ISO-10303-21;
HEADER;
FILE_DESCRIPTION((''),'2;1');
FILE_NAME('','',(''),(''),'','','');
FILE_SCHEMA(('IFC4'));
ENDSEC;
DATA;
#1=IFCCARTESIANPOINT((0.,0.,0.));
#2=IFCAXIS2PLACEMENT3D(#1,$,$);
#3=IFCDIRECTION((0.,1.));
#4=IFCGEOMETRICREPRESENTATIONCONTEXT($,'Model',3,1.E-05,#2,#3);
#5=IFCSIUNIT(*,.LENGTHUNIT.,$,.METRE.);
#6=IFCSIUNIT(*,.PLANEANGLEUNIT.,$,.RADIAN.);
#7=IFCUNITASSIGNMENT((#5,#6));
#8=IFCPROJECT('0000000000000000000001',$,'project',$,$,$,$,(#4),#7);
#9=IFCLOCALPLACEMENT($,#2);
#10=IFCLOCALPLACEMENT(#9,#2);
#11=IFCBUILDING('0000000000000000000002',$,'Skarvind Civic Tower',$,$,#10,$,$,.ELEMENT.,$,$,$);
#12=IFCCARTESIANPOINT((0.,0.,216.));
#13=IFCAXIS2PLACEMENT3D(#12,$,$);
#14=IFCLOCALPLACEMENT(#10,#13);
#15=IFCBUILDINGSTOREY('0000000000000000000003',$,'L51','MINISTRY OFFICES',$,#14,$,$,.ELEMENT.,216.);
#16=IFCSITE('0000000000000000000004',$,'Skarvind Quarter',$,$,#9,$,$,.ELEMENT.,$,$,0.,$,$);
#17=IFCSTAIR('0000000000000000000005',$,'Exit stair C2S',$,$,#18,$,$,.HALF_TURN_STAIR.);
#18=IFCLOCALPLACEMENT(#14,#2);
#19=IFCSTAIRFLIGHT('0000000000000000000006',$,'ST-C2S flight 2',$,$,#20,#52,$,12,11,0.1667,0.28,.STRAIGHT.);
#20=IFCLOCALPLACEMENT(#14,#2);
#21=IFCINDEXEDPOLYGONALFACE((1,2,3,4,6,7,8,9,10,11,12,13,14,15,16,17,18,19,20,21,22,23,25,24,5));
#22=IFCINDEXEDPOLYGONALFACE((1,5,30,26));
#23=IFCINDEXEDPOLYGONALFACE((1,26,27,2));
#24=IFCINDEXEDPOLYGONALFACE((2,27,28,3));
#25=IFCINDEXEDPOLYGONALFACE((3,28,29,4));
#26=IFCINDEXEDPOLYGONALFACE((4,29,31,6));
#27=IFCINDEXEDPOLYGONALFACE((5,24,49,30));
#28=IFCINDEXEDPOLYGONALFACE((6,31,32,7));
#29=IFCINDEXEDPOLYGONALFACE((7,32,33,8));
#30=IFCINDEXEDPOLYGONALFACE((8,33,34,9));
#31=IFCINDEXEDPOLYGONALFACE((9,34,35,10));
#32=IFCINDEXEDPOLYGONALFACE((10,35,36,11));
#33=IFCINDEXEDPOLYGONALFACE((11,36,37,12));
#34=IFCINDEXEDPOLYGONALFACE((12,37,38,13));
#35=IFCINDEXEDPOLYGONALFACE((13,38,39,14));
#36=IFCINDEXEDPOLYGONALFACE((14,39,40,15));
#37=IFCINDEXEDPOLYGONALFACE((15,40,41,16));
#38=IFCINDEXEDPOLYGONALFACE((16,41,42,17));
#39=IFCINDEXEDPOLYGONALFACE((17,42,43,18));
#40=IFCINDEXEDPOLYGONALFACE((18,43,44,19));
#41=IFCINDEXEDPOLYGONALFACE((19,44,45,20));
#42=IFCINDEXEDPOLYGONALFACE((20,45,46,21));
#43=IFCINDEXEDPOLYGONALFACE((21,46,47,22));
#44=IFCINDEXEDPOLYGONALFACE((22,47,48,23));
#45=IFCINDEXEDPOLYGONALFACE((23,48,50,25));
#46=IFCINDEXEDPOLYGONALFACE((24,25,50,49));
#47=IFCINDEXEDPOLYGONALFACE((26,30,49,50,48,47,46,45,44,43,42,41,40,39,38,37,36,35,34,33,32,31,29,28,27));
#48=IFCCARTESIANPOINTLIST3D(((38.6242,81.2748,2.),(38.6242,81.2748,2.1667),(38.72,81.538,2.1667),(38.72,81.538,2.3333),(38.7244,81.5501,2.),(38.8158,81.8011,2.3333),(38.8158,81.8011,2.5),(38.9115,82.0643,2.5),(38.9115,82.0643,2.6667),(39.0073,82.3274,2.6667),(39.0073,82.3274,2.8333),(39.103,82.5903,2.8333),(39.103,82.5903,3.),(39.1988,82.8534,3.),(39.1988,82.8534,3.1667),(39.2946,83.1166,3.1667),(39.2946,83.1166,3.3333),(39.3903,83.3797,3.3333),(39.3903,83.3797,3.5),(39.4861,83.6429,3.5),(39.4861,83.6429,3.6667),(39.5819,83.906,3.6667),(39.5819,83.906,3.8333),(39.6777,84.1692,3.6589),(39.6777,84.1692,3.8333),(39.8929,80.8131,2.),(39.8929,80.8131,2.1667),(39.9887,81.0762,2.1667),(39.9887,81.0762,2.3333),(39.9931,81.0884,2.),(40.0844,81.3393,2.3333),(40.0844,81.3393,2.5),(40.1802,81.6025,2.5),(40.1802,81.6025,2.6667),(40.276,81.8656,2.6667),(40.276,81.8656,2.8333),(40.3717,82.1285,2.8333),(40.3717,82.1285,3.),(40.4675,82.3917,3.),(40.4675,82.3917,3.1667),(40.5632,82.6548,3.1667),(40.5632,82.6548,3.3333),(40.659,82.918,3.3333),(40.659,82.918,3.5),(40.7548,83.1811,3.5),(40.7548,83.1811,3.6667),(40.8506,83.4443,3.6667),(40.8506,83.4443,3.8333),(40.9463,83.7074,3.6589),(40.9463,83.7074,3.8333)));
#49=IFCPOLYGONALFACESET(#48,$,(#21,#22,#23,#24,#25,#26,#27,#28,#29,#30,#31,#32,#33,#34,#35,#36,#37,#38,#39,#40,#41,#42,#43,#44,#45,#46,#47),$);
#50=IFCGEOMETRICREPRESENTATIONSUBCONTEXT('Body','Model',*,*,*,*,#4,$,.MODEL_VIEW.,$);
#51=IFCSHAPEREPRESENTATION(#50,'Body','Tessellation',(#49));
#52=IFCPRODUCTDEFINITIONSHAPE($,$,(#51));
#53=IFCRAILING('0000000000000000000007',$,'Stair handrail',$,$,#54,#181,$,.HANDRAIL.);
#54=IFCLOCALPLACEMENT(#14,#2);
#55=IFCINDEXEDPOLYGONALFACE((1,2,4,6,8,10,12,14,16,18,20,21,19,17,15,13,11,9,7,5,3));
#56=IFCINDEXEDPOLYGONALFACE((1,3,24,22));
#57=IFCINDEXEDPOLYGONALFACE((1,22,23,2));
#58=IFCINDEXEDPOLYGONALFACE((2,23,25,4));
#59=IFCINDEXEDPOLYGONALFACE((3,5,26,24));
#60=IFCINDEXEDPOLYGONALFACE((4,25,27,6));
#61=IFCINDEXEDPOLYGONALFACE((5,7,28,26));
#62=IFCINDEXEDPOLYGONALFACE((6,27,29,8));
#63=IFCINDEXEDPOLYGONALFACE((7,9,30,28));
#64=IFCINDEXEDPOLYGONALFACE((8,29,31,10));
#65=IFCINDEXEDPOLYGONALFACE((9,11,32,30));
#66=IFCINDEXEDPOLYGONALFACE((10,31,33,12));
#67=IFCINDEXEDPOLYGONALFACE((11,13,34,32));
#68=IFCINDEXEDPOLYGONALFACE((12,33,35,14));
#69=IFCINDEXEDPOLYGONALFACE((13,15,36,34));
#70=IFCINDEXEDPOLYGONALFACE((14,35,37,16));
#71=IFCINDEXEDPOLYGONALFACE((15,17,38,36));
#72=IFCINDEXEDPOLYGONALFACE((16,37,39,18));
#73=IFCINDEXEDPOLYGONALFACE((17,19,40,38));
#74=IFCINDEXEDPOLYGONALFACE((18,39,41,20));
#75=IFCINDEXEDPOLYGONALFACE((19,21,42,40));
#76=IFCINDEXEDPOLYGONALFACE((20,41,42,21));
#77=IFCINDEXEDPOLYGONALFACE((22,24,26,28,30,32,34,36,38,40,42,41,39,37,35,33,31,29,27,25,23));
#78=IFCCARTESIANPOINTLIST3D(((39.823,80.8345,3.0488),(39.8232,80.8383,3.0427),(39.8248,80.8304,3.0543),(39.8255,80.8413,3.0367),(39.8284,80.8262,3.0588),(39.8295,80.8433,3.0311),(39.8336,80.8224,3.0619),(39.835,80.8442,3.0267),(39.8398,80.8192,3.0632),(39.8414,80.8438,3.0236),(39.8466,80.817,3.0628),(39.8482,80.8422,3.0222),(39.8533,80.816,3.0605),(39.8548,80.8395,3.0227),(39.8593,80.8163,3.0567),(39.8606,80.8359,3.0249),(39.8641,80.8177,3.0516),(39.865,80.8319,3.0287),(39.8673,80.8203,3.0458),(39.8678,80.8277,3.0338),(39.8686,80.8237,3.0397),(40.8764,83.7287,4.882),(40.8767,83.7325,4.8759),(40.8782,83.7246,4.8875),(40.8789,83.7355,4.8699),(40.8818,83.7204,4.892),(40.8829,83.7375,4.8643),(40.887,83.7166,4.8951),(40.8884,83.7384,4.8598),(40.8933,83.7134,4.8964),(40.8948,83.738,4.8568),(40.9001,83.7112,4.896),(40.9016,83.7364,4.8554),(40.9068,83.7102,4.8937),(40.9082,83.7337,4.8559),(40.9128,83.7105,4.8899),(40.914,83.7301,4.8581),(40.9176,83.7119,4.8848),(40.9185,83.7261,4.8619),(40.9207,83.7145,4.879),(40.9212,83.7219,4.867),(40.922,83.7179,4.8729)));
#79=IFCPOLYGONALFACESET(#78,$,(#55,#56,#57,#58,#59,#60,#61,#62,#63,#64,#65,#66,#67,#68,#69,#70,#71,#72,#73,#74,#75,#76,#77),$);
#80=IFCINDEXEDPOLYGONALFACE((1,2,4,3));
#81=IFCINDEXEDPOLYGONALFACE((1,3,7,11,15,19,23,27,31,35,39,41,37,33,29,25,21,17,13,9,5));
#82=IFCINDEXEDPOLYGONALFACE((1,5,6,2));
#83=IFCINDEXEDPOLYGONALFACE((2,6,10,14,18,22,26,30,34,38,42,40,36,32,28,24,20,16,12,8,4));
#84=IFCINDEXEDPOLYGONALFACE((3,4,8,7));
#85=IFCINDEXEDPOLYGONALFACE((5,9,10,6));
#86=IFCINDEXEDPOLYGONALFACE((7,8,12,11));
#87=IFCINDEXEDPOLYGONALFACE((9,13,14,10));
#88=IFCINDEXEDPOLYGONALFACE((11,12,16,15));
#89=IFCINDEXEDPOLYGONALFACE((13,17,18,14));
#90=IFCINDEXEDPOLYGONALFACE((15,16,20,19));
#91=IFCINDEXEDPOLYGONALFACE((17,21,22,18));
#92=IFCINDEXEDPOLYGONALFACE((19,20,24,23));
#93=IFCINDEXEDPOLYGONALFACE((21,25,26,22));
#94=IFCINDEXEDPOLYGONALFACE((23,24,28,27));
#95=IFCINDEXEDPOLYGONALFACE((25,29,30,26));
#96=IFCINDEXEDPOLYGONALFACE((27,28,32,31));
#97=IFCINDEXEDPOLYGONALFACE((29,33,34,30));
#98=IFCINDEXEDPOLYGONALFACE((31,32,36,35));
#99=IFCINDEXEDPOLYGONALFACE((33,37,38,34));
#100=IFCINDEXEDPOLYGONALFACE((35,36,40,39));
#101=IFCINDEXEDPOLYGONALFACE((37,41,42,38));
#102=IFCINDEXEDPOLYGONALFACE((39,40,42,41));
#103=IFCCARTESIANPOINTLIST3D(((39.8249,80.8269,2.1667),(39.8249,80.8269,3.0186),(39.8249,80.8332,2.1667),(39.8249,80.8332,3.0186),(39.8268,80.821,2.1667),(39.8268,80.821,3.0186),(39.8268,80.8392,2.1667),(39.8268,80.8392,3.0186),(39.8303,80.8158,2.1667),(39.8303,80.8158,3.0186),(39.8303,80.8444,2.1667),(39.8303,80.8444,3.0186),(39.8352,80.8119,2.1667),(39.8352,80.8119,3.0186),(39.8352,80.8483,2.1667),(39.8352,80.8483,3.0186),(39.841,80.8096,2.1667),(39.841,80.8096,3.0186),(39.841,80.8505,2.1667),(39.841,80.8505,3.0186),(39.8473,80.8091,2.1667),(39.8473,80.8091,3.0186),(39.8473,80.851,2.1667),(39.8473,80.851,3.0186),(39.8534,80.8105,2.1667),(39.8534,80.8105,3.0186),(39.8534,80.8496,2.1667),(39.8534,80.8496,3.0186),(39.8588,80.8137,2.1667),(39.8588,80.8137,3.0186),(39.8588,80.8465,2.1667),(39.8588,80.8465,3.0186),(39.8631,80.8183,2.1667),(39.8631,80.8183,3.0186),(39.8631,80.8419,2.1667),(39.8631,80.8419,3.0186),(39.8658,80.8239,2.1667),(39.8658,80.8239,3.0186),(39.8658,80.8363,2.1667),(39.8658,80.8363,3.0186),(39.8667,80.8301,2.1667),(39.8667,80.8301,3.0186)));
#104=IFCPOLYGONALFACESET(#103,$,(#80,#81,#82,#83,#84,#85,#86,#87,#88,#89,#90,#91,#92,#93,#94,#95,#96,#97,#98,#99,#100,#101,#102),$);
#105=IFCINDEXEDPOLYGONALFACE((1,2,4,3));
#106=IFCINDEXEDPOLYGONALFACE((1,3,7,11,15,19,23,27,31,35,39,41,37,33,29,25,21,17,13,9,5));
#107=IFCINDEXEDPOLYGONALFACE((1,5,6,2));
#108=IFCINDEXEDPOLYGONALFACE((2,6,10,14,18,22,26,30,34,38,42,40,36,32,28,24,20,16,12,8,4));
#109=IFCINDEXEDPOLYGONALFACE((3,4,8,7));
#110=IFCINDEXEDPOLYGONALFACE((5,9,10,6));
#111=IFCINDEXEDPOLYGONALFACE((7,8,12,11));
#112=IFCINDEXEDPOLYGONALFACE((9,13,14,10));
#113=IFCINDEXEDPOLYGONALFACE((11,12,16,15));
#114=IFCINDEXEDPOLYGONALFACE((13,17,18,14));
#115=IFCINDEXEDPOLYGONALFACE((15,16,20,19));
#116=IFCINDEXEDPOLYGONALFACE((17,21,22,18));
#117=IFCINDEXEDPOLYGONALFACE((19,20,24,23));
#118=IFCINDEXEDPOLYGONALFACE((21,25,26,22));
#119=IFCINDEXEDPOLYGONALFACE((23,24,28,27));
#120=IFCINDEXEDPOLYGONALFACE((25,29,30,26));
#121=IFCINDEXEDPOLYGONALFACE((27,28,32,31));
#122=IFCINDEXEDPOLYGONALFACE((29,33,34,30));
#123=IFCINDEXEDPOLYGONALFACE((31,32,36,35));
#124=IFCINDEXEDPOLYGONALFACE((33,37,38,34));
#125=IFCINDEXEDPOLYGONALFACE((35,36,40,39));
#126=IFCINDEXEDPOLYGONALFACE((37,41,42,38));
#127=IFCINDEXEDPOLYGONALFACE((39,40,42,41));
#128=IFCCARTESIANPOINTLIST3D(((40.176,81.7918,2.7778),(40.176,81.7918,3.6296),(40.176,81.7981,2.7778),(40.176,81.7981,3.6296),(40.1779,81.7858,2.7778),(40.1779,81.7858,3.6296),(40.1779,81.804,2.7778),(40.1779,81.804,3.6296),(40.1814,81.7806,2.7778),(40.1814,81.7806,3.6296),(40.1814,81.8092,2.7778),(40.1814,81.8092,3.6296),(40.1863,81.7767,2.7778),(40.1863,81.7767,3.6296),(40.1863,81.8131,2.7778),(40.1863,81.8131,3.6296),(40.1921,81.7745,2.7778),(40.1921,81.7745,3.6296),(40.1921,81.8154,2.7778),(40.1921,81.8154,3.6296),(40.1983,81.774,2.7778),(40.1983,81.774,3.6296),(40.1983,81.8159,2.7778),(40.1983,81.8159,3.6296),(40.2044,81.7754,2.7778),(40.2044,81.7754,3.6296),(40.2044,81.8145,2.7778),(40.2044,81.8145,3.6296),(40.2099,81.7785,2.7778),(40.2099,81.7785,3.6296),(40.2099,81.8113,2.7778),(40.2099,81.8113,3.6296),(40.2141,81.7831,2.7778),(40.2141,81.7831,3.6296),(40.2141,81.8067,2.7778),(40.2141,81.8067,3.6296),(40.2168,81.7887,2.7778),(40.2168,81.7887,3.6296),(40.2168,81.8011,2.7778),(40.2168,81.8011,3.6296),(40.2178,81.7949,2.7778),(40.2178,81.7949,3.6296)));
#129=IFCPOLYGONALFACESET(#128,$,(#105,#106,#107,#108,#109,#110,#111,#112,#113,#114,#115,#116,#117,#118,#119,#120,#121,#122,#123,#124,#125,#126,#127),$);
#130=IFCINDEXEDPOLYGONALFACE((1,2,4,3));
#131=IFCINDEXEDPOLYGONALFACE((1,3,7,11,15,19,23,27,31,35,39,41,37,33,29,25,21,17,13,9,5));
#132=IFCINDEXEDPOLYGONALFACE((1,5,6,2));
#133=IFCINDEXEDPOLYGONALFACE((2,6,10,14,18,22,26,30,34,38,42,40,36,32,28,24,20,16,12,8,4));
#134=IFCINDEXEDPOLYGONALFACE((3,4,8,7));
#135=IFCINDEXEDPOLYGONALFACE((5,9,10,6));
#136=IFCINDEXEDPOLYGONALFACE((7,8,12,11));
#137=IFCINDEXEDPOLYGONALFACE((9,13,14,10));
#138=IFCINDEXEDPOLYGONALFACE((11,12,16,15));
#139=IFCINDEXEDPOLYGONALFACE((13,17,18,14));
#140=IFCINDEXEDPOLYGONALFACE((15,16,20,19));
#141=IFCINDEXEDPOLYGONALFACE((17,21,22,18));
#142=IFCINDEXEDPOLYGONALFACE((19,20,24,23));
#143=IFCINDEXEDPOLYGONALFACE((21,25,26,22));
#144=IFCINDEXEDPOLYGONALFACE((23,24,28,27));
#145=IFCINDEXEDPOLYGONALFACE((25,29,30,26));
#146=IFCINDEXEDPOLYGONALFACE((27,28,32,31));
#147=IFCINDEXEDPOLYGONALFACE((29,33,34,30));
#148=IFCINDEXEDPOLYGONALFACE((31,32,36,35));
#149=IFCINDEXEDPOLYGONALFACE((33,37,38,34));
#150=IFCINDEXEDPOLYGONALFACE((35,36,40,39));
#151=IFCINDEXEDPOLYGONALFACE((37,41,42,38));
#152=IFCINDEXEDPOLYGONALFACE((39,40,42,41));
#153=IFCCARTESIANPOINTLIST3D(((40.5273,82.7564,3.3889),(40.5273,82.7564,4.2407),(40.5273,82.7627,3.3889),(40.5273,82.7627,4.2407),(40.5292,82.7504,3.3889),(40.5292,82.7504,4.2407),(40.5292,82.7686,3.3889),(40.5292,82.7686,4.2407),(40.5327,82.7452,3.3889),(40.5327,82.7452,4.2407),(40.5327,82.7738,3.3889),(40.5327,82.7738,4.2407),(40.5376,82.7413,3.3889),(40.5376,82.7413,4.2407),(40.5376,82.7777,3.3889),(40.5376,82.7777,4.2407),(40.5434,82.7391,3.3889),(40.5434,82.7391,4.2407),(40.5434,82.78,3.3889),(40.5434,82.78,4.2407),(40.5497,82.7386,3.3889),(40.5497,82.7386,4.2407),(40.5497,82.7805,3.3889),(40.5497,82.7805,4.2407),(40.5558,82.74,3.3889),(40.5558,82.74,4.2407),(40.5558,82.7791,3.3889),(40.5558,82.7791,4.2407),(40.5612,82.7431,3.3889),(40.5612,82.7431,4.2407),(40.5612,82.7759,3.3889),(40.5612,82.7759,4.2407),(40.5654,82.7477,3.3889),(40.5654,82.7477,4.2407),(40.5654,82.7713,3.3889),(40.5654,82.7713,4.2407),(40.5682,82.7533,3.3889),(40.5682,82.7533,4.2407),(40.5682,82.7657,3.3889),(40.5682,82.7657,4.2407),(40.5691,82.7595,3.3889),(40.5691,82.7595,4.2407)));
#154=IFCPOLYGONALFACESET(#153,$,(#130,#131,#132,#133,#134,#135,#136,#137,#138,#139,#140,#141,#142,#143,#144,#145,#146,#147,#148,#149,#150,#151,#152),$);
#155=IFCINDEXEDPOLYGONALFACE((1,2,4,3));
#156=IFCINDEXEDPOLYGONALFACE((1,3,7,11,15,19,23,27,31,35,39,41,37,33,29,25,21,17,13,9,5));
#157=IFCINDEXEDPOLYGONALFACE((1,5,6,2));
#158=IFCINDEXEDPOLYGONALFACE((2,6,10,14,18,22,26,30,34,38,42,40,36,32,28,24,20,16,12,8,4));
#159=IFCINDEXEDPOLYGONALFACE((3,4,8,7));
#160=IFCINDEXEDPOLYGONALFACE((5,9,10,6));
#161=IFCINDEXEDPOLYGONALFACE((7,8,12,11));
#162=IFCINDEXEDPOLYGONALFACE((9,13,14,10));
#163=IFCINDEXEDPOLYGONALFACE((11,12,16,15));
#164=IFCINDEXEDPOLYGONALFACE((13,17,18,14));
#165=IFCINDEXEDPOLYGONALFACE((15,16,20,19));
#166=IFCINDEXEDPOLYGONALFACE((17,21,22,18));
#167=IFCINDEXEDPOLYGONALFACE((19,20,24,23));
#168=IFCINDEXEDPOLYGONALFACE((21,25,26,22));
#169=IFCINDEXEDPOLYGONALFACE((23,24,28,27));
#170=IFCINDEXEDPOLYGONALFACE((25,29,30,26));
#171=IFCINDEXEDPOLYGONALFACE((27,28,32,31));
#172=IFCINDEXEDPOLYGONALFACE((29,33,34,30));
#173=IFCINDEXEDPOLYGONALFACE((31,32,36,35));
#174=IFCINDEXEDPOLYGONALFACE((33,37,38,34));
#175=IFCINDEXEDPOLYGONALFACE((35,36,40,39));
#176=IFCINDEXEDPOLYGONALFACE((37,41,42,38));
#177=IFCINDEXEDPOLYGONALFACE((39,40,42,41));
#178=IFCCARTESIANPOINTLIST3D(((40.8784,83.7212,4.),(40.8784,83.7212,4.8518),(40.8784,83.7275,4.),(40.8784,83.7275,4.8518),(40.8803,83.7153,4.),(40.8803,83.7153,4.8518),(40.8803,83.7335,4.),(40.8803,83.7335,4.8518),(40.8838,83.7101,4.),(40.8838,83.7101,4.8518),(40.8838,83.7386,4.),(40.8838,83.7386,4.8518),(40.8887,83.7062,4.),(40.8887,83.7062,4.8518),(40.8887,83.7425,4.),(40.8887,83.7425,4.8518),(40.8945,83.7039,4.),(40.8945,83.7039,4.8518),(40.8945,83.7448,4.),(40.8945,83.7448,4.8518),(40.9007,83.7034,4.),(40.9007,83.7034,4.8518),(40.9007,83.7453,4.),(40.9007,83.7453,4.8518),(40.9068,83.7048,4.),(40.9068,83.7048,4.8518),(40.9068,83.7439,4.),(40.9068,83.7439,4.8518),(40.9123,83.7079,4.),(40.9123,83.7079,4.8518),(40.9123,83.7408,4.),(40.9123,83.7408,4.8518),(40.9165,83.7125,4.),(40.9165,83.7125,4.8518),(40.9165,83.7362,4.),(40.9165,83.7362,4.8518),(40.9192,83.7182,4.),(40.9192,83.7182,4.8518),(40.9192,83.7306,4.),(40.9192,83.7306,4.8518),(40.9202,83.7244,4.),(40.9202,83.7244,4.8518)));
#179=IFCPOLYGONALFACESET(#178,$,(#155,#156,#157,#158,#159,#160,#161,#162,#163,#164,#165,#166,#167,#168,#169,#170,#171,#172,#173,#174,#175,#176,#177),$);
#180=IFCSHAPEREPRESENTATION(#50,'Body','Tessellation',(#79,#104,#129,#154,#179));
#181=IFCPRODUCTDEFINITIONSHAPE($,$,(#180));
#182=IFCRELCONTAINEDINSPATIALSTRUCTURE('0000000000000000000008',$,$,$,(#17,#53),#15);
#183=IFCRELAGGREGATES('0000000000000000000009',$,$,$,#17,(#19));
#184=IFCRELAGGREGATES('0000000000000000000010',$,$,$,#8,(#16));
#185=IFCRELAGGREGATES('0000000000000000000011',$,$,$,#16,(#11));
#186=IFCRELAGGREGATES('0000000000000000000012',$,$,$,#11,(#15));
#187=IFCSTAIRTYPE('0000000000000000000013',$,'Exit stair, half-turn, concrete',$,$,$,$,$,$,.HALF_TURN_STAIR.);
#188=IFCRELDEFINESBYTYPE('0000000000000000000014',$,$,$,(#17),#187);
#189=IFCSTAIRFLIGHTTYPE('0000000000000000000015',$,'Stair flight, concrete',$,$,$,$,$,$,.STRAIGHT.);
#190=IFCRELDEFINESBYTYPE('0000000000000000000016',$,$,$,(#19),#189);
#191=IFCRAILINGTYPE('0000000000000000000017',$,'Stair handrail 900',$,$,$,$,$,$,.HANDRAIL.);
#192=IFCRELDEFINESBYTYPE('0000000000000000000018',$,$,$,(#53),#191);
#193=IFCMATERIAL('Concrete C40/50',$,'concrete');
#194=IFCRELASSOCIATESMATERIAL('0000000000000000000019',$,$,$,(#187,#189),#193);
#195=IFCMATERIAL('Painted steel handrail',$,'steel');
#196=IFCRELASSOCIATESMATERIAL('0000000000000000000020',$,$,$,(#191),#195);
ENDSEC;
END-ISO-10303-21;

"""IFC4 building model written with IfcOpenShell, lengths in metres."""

from ifc_helpers import new_model, si_unit, direction, frame, origin, origin_2d, place, context, subcontext, project, spatial, polyline, circle, outline, extrude, material, type_object, element, aggregate, save


model = new_model("IFC4")

# Units and contexts
model_context = context("Model", 3, precision=1e-05, world=origin(), true_north=direction((0.0, 1.0)))
body_context = subcontext(model_context, "Body", "Model", "MODEL_VIEW")
ifc_project = project(units=[si_unit("LENGTHUNIT", "METRE"), si_unit("PLANEANGLEUNIT", "RADIAN")], contexts=[model_context])

# Site, building, storey
site_placement = place(None, origin())
site = spatial("IfcSite", under=ifc_project, at=site_placement, Name="Skarvind Quarter", CompositionType="ELEMENT", RefElevation=0.0)
building_placement = place(site_placement, origin())
building = spatial("IfcBuilding", under=site, at=building_placement, Name="Skarvind Civic Tower", CompositionType="ELEMENT")
storey_placement = place(building_placement, frame((0.0, 0.0, 216.0)))
storey = spatial("IfcBuildingStorey", under=building, at=storey_placement, Name="L51", Description="MINISTRY OFFICES", CompositionType="ELEMENT", Elevation=216.0)

# Shared definitions
ifc_material_1 = material(Name="Concrete C40/50", Category="concrete")

# Stair
stair_type_1 = type_object("IfcStairType", Name="Exit stair, half-turn, concrete", PredefinedType="HALF_TURN_STAIR", material=ifc_material_1)
stair_1_placement = place(storey_placement, origin())
stair_1 = element("IfcStair", 1, at=stair_1_placement, inside=storey, type_object=stair_type_1, Name="Exit stair C2S", PredefinedType="HALF_TURN_STAIR")

# Stair flight
stair_flight_type = type_object("IfcStairFlightType", Name="Stair flight, concrete", PredefinedType="STRAIGHT", material=ifc_material_1)
stair_flight_placement = place(storey_placement, frame((39.2585, 81.0439, 2.0), z_axis=(0.0, 0.0, 1.0), x_axis=(0.34202, 0.939693, 0.0)))
stair_flight = element("IfcStairFlight", 2, at=stair_flight_placement, type_object=stair_flight_type, Name="ST-C2S flight 2", NumberOfRisers=12, NumberOfTreads=11, PredefinedType="STRAIGHT", RiserHeight=0.1667, TreadLength=0.28, context=body_context, shape_type="SweptSolid", body=[
    extrude(outline(polyline([(0.0, 0.0), (0.0, 0.1667), (0.28, 0.1667), (0.28, 0.3333), (0.5601, 0.3333), (0.5601, 0.5), (0.8401, 0.5), (0.8401, 0.6667), (1.1201, 0.6667), (1.1201, 0.8333), (1.3999, 0.8333), (1.3999, 1.0), (1.6799, 1.0), (1.6799, 1.1667), (1.96, 1.1667), (1.96, 1.3333), (2.24, 1.3333), (2.24, 1.5), (2.52, 1.5), (2.52, 1.6667), (2.8, 1.6667), (2.8, 1.8333), (3.0801, 1.8333), (3.0801, 2.0), (3.0801, 1.6589), (0.293, 0.0), (0.0, 0.0)])), frame((0.0, 0.675, 0.0), z_axis=(0.0, -1.0, 0.0), x_axis=(1.0, 0.0, 0.0)), (0.0, 0.0, 1.0), 1.3501),
])
aggregate(stair_1, [stair_flight])

# Railing
ifc_material_2 = material(Name="Painted steel handrail", Category="steel")
railing_type = type_object("IfcRailingType", Name="Stair handrail 900", PredefinedType="HANDRAIL", material=ifc_material_2)
railing_placement = place(storey_placement, frame((39.8457, 80.8301, 2.1667)))
element("IfcRailing", 3, at=railing_placement, inside=storey, type_object=railing_type, Name="Stair handrail", PredefinedType="HANDRAIL", context=body_context, shape_type="SweptSolid", body=[
    extrude(circle(Radius=0.0239, at=origin_2d()), frame((0.0, 0.0, 0.876), z_axis=(0.293908, 0.807481, 0.511461), x_axis=(-0.939689, 0.342029, 0.0)), (0.0, 0.0, 1.0), 3.5842),
    extrude(circle(Radius=0.021, at=origin_2d()), origin(), (0.0, 0.0, 1.0), 0.8518),
    extrude(circle(Radius=0.021, at=origin_2d()), frame((0.3511, 0.9648, 0.6111)), (0.0, 0.0, 1.0), 0.8518),
    extrude(circle(Radius=0.021, at=origin_2d()), frame((0.7024, 1.9294, 1.2222)), (0.0, 0.0, 1.0), 0.8518),
    extrude(circle(Radius=0.021, at=origin_2d()), frame((1.0535, 2.8943, 1.8333)), (0.0, 0.0, 1.0), 0.8518),
])

save(model, "model.ifc")
